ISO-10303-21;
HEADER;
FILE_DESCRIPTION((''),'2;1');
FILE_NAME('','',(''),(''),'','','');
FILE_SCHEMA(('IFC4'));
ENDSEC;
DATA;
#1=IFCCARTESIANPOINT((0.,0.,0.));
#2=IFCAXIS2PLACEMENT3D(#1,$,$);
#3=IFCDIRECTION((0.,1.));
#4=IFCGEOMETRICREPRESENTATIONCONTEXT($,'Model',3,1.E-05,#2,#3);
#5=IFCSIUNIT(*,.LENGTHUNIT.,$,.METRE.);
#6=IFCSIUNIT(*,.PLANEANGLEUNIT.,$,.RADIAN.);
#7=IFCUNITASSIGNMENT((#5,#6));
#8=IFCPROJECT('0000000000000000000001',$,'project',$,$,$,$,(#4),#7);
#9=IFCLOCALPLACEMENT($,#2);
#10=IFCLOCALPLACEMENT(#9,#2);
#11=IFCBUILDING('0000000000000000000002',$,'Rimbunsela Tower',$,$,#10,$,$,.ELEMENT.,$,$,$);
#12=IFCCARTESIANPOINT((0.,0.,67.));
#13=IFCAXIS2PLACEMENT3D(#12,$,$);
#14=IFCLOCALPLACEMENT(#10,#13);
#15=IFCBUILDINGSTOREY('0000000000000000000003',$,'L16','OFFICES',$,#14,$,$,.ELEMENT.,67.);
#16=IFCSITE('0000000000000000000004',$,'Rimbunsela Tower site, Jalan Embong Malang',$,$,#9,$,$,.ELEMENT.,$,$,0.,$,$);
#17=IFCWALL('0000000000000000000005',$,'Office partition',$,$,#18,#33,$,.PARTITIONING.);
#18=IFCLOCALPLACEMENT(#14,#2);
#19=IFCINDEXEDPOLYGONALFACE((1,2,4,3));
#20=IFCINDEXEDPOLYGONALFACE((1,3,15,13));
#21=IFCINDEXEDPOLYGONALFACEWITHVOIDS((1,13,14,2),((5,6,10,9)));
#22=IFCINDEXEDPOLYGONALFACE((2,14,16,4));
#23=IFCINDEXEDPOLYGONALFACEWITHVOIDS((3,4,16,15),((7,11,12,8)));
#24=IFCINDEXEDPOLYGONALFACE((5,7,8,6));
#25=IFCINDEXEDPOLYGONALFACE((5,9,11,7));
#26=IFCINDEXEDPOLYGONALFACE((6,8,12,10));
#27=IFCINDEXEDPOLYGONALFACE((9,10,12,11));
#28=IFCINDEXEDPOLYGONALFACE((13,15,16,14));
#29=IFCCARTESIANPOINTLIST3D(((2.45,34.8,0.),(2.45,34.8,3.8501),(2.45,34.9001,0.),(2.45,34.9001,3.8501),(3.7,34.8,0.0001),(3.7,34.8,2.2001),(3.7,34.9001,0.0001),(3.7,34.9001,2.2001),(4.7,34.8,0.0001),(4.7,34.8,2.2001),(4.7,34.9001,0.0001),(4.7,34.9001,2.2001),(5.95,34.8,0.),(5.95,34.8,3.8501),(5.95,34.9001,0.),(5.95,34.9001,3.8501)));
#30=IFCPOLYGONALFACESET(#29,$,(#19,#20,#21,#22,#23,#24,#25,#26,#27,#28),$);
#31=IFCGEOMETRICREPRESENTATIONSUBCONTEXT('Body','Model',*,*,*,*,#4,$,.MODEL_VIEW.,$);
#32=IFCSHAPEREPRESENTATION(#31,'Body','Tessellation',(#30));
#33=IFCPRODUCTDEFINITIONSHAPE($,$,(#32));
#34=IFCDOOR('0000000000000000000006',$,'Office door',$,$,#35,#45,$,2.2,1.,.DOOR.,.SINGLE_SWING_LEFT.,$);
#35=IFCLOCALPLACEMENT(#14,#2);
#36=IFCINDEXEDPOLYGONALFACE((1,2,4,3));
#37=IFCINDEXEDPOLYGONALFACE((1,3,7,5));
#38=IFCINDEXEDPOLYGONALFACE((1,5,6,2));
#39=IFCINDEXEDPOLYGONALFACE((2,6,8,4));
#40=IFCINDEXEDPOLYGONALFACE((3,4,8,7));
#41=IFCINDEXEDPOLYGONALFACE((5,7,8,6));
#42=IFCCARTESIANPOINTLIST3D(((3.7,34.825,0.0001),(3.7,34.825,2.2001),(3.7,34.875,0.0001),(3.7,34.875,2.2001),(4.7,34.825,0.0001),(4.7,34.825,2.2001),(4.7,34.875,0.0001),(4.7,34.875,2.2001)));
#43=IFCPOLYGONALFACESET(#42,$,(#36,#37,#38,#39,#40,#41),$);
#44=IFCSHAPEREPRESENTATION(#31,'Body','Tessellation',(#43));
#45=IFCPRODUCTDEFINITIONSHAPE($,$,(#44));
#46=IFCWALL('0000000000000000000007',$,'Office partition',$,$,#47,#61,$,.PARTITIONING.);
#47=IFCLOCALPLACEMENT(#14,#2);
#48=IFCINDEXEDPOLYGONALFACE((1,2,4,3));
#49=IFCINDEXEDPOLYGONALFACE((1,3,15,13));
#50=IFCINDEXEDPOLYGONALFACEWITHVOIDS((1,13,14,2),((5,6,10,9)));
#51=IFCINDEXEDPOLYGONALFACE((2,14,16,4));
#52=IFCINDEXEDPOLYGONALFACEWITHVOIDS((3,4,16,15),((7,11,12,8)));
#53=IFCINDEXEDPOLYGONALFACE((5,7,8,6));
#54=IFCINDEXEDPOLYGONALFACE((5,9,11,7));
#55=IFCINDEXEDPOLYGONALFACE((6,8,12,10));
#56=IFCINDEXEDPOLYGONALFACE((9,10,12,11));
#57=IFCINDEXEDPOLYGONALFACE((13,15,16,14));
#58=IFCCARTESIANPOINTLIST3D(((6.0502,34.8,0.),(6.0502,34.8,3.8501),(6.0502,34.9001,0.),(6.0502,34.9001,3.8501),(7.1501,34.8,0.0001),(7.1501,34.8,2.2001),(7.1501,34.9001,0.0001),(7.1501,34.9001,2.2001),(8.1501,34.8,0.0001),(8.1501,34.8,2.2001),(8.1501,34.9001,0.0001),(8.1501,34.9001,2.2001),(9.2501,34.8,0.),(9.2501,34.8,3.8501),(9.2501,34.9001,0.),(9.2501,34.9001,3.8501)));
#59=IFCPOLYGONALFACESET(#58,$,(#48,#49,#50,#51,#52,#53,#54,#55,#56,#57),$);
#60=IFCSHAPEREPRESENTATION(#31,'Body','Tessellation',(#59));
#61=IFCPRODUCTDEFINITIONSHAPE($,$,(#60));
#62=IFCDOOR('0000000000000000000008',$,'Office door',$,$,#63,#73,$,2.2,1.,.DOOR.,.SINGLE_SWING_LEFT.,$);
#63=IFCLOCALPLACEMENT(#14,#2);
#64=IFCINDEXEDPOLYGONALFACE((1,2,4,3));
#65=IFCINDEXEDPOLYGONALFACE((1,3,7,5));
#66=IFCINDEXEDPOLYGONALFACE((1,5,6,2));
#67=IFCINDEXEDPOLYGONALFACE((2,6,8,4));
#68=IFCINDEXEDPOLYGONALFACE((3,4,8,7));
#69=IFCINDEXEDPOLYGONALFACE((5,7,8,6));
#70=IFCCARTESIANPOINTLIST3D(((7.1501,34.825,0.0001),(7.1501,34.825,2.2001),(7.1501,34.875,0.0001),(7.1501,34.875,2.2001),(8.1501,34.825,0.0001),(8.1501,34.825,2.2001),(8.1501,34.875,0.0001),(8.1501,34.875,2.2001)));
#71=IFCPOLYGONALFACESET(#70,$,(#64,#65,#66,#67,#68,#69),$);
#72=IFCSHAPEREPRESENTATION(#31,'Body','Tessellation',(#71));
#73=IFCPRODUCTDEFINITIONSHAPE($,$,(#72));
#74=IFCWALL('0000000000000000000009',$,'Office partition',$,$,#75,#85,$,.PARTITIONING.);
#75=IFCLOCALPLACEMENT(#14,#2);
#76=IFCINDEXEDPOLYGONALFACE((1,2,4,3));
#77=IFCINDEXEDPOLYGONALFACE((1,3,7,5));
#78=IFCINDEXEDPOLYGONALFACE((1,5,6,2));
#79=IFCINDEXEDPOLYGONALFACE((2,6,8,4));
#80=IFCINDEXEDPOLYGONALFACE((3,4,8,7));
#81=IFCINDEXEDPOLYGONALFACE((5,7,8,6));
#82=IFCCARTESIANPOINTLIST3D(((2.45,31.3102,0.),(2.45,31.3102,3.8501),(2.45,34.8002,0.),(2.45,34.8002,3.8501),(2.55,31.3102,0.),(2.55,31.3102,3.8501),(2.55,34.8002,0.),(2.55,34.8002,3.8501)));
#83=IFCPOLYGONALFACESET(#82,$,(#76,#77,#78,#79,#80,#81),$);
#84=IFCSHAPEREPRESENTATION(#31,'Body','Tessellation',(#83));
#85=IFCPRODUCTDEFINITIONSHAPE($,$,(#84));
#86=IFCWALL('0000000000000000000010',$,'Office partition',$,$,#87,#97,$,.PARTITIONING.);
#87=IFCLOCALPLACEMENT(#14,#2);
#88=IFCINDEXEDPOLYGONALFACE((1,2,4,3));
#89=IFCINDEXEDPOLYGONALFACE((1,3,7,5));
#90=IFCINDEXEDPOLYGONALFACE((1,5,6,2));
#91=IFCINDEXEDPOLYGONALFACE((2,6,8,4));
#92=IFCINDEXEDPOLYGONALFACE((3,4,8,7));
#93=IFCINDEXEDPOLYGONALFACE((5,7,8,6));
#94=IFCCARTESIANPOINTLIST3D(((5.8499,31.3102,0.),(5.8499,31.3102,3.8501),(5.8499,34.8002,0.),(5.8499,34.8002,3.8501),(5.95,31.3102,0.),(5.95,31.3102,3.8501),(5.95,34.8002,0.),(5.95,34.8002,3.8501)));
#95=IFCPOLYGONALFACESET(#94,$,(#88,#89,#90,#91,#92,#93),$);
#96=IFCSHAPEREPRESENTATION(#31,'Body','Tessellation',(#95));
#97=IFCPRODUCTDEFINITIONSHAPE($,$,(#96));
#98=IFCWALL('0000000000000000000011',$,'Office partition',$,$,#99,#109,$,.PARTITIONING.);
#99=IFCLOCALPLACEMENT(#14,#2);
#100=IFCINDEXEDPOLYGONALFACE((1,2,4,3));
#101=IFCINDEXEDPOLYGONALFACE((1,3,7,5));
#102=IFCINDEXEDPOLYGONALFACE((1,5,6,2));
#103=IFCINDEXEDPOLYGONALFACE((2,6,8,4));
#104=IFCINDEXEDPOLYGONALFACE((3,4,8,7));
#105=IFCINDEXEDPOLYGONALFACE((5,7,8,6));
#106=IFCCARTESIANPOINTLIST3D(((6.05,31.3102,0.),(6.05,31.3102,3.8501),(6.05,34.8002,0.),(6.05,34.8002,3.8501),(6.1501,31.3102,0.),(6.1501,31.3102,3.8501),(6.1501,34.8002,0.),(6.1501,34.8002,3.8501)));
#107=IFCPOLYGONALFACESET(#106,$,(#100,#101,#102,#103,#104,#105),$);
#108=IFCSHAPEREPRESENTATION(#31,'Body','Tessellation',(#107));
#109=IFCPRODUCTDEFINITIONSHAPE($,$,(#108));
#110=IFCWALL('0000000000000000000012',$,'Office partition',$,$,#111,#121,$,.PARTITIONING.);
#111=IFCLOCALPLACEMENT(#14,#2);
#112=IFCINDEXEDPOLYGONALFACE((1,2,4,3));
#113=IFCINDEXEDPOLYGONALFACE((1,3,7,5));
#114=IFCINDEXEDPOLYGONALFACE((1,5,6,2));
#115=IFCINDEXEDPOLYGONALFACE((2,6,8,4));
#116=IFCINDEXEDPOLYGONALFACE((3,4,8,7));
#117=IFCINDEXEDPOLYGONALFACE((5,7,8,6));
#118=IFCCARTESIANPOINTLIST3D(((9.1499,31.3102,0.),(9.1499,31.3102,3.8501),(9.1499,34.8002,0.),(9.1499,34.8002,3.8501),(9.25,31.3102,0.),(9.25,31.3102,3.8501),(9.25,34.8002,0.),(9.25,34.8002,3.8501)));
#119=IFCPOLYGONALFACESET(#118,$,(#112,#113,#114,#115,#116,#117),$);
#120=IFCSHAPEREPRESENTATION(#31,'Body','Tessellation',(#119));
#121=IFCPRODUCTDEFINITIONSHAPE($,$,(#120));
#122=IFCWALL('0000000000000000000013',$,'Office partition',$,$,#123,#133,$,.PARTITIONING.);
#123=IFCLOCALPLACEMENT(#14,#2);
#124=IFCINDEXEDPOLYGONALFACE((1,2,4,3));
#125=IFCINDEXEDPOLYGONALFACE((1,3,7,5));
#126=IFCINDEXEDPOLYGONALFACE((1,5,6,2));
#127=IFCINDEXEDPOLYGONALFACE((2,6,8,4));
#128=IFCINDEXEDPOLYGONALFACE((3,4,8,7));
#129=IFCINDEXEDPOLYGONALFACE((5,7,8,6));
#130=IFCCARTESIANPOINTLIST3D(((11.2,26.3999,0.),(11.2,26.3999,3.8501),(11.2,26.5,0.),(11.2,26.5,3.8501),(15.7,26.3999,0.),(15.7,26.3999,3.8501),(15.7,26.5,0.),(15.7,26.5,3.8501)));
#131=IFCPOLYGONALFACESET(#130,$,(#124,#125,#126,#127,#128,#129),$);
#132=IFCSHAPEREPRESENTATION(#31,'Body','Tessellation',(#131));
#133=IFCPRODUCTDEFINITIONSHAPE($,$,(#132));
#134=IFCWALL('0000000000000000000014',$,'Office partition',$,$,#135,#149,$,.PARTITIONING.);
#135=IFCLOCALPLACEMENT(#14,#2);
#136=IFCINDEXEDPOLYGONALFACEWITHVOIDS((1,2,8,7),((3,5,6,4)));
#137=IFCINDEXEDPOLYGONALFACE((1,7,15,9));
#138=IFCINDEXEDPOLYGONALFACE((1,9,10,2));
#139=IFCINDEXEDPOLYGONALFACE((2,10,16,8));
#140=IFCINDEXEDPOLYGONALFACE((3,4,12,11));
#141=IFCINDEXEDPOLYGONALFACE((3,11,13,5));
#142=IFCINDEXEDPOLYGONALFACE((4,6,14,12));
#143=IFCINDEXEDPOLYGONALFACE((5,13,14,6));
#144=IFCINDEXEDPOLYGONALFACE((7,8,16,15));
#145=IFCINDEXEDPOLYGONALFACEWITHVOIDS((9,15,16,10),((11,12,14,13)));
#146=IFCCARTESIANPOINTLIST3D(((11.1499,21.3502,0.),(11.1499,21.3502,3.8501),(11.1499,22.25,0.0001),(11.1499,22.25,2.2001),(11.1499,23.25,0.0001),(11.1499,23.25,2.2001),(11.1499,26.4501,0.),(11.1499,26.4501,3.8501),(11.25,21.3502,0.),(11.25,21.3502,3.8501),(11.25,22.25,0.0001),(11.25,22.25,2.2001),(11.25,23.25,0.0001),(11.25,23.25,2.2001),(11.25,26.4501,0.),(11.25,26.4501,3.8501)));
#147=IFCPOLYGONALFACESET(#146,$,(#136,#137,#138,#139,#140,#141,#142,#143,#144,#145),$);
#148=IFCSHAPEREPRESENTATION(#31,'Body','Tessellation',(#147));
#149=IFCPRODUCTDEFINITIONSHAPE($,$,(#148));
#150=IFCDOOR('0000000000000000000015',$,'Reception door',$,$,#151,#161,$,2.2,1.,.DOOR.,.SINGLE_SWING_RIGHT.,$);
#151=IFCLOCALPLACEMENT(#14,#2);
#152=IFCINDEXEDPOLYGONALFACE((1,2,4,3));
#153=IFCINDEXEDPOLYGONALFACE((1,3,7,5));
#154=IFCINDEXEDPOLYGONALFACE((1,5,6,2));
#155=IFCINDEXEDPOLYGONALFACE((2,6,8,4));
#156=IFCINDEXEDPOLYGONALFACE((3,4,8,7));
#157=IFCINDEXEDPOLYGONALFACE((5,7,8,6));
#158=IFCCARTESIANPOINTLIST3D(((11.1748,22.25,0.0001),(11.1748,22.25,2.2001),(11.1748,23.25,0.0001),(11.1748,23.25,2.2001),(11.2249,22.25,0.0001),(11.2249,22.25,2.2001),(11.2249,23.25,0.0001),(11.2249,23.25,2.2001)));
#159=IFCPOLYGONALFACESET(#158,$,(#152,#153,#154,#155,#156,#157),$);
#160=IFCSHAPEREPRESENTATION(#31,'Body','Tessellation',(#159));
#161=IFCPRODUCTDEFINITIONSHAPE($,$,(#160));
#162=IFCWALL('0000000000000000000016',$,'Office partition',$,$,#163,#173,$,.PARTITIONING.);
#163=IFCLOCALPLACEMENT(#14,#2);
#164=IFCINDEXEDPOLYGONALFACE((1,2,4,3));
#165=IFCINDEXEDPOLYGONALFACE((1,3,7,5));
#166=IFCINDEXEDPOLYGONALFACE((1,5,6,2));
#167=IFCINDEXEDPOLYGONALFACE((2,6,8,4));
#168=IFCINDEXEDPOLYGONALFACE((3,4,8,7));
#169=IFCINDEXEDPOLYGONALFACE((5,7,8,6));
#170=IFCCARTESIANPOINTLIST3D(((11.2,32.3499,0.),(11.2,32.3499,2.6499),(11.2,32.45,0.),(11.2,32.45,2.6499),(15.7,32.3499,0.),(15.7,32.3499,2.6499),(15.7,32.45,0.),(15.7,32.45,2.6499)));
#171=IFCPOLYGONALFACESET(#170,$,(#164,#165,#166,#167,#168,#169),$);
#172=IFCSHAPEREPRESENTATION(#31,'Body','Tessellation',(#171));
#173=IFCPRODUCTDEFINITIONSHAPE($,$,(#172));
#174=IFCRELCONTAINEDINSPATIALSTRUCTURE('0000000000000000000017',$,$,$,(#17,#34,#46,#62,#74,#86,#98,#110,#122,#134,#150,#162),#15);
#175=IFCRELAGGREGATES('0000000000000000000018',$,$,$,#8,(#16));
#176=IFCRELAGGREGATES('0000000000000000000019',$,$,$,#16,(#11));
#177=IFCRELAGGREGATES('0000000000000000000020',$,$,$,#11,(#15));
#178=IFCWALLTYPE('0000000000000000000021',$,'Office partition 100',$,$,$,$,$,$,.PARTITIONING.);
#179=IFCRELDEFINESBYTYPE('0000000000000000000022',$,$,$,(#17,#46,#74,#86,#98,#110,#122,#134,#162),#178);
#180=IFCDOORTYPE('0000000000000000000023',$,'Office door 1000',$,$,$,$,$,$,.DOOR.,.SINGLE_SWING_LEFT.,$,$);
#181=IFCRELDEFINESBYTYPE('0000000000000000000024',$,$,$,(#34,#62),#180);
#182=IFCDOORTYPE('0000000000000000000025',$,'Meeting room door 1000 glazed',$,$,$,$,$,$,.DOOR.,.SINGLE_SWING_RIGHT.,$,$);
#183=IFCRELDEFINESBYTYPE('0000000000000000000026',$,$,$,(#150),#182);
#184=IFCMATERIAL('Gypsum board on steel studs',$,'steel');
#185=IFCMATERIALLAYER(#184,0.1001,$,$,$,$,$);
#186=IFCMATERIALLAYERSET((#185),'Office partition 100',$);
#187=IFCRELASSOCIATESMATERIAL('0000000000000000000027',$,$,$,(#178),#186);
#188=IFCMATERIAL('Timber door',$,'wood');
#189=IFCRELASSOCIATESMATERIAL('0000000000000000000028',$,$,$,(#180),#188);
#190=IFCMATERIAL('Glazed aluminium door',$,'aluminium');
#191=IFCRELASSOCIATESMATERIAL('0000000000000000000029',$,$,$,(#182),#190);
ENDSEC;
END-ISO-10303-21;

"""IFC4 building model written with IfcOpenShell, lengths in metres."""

from ifc_helpers import new_model, si_unit, direction, frame, frame_2d, origin, place, context, subcontext, project, spatial, rectangle, extrude, material, layer, layer_set, type_object, element, fill, save


model = new_model("IFC4")

# Units and contexts
model_context = context("Model", 3, precision=1e-05, world=origin(), true_north=direction((0.0, 1.0)))
body_context = subcontext(model_context, "Body", "Model", "MODEL_VIEW")
ifc_project = project(units=[si_unit("LENGTHUNIT", "METRE"), si_unit("PLANEANGLEUNIT", "RADIAN")], contexts=[model_context])

# Site, building, storey
site_placement = place(None, origin())
site = spatial("IfcSite", under=ifc_project, at=site_placement, Name="Rimbunsela Tower site, Jalan Embong Malang", CompositionType="ELEMENT", RefElevation=0.0)
building_placement = place(site_placement, origin())
building = spatial("IfcBuilding", under=site, at=building_placement, Name="Rimbunsela Tower", CompositionType="ELEMENT")
storey_placement = place(building_placement, frame((0.0, 0.0, 67.0)))
storey = spatial("IfcBuildingStorey", under=building, at=storey_placement, Name="L16", Description="OFFICES", CompositionType="ELEMENT", Elevation=67.0)

# Walls, openings, doors
ifc_material_1 = material(Name="Gypsum board on steel studs", Category="steel")
ifc_layer_1 = layer(ifc_material_1, 0.1001)
ifc_layer_set_1 = layer_set([ifc_layer_1], Name="Office partition 100")
wall_type_1 = type_object("IfcWallType", Name="Office partition 100", PredefinedType="PARTITIONING", material=ifc_layer_set_1)
wall_1_placement = place(storey_placement, frame((2.45, 34.8501, 0.0), z_axis=(0.0, 0.0, 1.0), x_axis=(1.0, 0.0, 0.0)))
wall_1 = element("IfcWall", 1, at=wall_1_placement, inside=storey, type_object=wall_type_1, Name="Office partition", PredefinedType="PARTITIONING", context=body_context, shape_type="SweptSolid", body=[
    extrude(rectangle(XDim=3.5, YDim=0.1001, at=frame_2d((1.75, 0.0))), origin(), (0.0, 0.0, 1.0), 3.8501),
])
opening_1_placement = place(wall_1_placement, frame((1.25, 0.0, 0.0)))
opening_1 = element("IfcOpeningElement", 2, at=opening_1_placement, cuts=wall_1, PredefinedType="OPENING", context=body_context, shape_type="SweptSolid", body=[
    extrude(rectangle(XDim=1.0, YDim=2.2, at=frame_2d((0.5, 1.1001))), frame((0.0, 0.0601, 0.0), z_axis=(0.0, -1.0, 0.0), x_axis=(1.0, 0.0, 0.0)), (0.0, 0.0, 1.0), 0.1201),
])
ifc_material_2 = material(Name="Timber door", Category="wood")
door_type_1 = type_object("IfcDoorType", Name="Office door 1000", OperationType="SINGLE_SWING_LEFT", PredefinedType="DOOR", material=ifc_material_2)
door_1_placement = place(opening_1_placement, origin())
door_1 = element("IfcDoor", 3, at=door_1_placement, inside=storey, type_object=door_type_1, Name="Office door", OperationType="SINGLE_SWING_LEFT", OverallHeight=2.2, OverallWidth=1.0, PredefinedType="DOOR", context=body_context, shape_type="SweptSolid", body=[
    extrude(rectangle(XDim=1.0, YDim=2.2, at=frame_2d((0.5, 1.1001))), frame((0.0, 0.0249, 0.0), z_axis=(0.0, -1.0, 0.0), x_axis=(1.0, 0.0, 0.0)), (0.0, 0.0, 1.0), 0.05),
])
fill(opening_1, door_1)
wall_2_placement = place(storey_placement, frame((6.05, 34.8501, 0.0), z_axis=(0.0, 0.0, 1.0), x_axis=(1.0, 0.0, 0.0)))
wall_2 = element("IfcWall", 4, at=wall_2_placement, inside=storey, type_object=wall_type_1, Name="Office partition", PredefinedType="PARTITIONING", context=body_context, shape_type="SweptSolid", body=[
    extrude(rectangle(XDim=3.2, YDim=0.1001, at=frame_2d((1.6001, 0.0))), origin(), (0.0, 0.0, 1.0), 3.8501),
])
opening_2_placement = place(wall_2_placement, frame((1.1001, 0.0, 0.0)))
opening_2 = element("IfcOpeningElement", 5, at=opening_2_placement, cuts=wall_2, PredefinedType="OPENING", context=body_context, shape_type="SweptSolid", body=[
    extrude(rectangle(XDim=1.0, YDim=2.2, at=frame_2d((0.5, 1.1001))), frame((0.0, 0.0601, 0.0), z_axis=(0.0, -1.0, 0.0), x_axis=(1.0, 0.0, 0.0)), (0.0, 0.0, 1.0), 0.1201),
])
door_2_placement = place(opening_2_placement, origin())
door_2 = element("IfcDoor", 6, at=door_2_placement, inside=storey, type_object=door_type_1, Name="Office door", OperationType="SINGLE_SWING_LEFT", OverallHeight=2.2, OverallWidth=1.0, PredefinedType="DOOR", context=body_context, shape_type="SweptSolid", body=[
    extrude(rectangle(XDim=1.0, YDim=2.2, at=frame_2d((0.5, 1.1001))), frame((0.0, 0.0249, 0.0), z_axis=(0.0, -1.0, 0.0), x_axis=(1.0, 0.0, 0.0)), (0.0, 0.0, 1.0), 0.05),
])
fill(opening_2, door_2)

# Walls
for number, where, z_axis, x_axis, name in (
    (7, (2.5, 31.3101, 0.0), (0.0, 0.0, 1.0), (0.0, 1.0, 0.0), "Office partition"),
    (8, (5.8999, 31.3101, 0.0), (0.0, 0.0, 1.0), (0.0, 1.0, 0.0), "Office partition"),
    (9, (6.1001, 31.3101, 0.0), (0.0, 0.0, 1.0), (0.0, 1.0, 0.0), "Office partition"),
    (10, (9.2, 31.3101, 0.0), (0.0, 0.0, 1.0), (0.0, 1.0, 0.0), "Office partition"),
):
    element("IfcWall", number, at=place(storey_placement, frame(where, z_axis=z_axis, x_axis=x_axis)), inside=storey, type_object=wall_type_1, Name=name, PredefinedType="PARTITIONING", context=body_context, shape_type="SweptSolid", body=[
        extrude(rectangle(XDim=3.49, YDim=0.1001, at=frame_2d((1.7451, 0.0))), origin(), (0.0, 0.0, 1.0), 3.8501),
    ])
wall_3_placement = place(storey_placement, frame((15.7, 26.45, 0.0), z_axis=(0.0, 0.0, 1.0), x_axis=(-1.0, 0.0, 0.0)))
element("IfcWall", 11, at=wall_3_placement, inside=storey, type_object=wall_type_1, Name="Office partition", PredefinedType="PARTITIONING", context=body_context, shape_type="SweptSolid", body=[
    extrude(rectangle(XDim=4.5, YDim=0.1001, at=frame_2d((2.25, 0.0))), origin(), (0.0, 0.0, 1.0), 3.8501),
])

# Wall, opening, door
wall_4_placement = place(storey_placement, frame((11.2, 26.45, 0.0), z_axis=(0.0, 0.0, 1.0), x_axis=(0.0, -1.0, 0.0)))
wall_4 = element("IfcWall", 12, at=wall_4_placement, inside=storey, type_object=wall_type_1, Name="Office partition", PredefinedType="PARTITIONING", context=body_context, shape_type="SweptSolid", body=[
    extrude(rectangle(XDim=5.0999, YDim=0.1001, at=frame_2d((2.5498, 0.0))), origin(), (0.0, 0.0, 1.0), 3.8501),
])
opening_3_placement = place(wall_4_placement, frame((3.2, 0.0, 0.0)))
opening_3 = element("IfcOpeningElement", 13, at=opening_3_placement, cuts=wall_4, PredefinedType="OPENING", context=body_context, shape_type="SweptSolid", body=[
    extrude(rectangle(XDim=1.0, YDim=2.2, at=frame_2d((0.5, 1.1001))), frame((0.0, 0.0601, 0.0), z_axis=(0.0, -1.0, 0.0), x_axis=(1.0, 0.0, 0.0)), (0.0, 0.0, 1.0), 0.1201),
])
ifc_material_3 = material(Name="Glazed aluminium door", Category="aluminium")
door_type_2 = type_object("IfcDoorType", Name="Meeting room door 1000 glazed", OperationType="SINGLE_SWING_RIGHT", PredefinedType="DOOR", material=ifc_material_3)
door_3_placement = place(opening_3_placement, origin())
door_3 = element("IfcDoor", 14, at=door_3_placement, inside=storey, type_object=door_type_2, Name="Reception door", OperationType="SINGLE_SWING_RIGHT", OverallHeight=2.2, OverallWidth=1.0, PredefinedType="DOOR", context=body_context, shape_type="SweptSolid", body=[
    extrude(rectangle(XDim=1.0, YDim=2.2, at=frame_2d((0.5, 1.1001))), frame((0.0, 0.0249, 0.0), z_axis=(0.0, -1.0, 0.0), x_axis=(1.0, 0.0, 0.0)), (0.0, 0.0, 1.0), 0.05),
])
fill(opening_3, door_3)

# Wall
wall_5_placement = place(storey_placement, frame((11.2, 32.3999, 0.0), z_axis=(0.0, 0.0, 1.0), x_axis=(1.0, 0.0, 0.0)))
element("IfcWall", 15, at=wall_5_placement, inside=storey, type_object=wall_type_1, Name="Office partition", PredefinedType="PARTITIONING", context=body_context, shape_type="SweptSolid", body=[
    extrude(rectangle(XDim=4.5, YDim=0.1001, at=frame_2d((2.25, 0.0))), origin(), (0.0, 0.0, 1.0), 2.6499),
])

save(model, "model.ifc")
